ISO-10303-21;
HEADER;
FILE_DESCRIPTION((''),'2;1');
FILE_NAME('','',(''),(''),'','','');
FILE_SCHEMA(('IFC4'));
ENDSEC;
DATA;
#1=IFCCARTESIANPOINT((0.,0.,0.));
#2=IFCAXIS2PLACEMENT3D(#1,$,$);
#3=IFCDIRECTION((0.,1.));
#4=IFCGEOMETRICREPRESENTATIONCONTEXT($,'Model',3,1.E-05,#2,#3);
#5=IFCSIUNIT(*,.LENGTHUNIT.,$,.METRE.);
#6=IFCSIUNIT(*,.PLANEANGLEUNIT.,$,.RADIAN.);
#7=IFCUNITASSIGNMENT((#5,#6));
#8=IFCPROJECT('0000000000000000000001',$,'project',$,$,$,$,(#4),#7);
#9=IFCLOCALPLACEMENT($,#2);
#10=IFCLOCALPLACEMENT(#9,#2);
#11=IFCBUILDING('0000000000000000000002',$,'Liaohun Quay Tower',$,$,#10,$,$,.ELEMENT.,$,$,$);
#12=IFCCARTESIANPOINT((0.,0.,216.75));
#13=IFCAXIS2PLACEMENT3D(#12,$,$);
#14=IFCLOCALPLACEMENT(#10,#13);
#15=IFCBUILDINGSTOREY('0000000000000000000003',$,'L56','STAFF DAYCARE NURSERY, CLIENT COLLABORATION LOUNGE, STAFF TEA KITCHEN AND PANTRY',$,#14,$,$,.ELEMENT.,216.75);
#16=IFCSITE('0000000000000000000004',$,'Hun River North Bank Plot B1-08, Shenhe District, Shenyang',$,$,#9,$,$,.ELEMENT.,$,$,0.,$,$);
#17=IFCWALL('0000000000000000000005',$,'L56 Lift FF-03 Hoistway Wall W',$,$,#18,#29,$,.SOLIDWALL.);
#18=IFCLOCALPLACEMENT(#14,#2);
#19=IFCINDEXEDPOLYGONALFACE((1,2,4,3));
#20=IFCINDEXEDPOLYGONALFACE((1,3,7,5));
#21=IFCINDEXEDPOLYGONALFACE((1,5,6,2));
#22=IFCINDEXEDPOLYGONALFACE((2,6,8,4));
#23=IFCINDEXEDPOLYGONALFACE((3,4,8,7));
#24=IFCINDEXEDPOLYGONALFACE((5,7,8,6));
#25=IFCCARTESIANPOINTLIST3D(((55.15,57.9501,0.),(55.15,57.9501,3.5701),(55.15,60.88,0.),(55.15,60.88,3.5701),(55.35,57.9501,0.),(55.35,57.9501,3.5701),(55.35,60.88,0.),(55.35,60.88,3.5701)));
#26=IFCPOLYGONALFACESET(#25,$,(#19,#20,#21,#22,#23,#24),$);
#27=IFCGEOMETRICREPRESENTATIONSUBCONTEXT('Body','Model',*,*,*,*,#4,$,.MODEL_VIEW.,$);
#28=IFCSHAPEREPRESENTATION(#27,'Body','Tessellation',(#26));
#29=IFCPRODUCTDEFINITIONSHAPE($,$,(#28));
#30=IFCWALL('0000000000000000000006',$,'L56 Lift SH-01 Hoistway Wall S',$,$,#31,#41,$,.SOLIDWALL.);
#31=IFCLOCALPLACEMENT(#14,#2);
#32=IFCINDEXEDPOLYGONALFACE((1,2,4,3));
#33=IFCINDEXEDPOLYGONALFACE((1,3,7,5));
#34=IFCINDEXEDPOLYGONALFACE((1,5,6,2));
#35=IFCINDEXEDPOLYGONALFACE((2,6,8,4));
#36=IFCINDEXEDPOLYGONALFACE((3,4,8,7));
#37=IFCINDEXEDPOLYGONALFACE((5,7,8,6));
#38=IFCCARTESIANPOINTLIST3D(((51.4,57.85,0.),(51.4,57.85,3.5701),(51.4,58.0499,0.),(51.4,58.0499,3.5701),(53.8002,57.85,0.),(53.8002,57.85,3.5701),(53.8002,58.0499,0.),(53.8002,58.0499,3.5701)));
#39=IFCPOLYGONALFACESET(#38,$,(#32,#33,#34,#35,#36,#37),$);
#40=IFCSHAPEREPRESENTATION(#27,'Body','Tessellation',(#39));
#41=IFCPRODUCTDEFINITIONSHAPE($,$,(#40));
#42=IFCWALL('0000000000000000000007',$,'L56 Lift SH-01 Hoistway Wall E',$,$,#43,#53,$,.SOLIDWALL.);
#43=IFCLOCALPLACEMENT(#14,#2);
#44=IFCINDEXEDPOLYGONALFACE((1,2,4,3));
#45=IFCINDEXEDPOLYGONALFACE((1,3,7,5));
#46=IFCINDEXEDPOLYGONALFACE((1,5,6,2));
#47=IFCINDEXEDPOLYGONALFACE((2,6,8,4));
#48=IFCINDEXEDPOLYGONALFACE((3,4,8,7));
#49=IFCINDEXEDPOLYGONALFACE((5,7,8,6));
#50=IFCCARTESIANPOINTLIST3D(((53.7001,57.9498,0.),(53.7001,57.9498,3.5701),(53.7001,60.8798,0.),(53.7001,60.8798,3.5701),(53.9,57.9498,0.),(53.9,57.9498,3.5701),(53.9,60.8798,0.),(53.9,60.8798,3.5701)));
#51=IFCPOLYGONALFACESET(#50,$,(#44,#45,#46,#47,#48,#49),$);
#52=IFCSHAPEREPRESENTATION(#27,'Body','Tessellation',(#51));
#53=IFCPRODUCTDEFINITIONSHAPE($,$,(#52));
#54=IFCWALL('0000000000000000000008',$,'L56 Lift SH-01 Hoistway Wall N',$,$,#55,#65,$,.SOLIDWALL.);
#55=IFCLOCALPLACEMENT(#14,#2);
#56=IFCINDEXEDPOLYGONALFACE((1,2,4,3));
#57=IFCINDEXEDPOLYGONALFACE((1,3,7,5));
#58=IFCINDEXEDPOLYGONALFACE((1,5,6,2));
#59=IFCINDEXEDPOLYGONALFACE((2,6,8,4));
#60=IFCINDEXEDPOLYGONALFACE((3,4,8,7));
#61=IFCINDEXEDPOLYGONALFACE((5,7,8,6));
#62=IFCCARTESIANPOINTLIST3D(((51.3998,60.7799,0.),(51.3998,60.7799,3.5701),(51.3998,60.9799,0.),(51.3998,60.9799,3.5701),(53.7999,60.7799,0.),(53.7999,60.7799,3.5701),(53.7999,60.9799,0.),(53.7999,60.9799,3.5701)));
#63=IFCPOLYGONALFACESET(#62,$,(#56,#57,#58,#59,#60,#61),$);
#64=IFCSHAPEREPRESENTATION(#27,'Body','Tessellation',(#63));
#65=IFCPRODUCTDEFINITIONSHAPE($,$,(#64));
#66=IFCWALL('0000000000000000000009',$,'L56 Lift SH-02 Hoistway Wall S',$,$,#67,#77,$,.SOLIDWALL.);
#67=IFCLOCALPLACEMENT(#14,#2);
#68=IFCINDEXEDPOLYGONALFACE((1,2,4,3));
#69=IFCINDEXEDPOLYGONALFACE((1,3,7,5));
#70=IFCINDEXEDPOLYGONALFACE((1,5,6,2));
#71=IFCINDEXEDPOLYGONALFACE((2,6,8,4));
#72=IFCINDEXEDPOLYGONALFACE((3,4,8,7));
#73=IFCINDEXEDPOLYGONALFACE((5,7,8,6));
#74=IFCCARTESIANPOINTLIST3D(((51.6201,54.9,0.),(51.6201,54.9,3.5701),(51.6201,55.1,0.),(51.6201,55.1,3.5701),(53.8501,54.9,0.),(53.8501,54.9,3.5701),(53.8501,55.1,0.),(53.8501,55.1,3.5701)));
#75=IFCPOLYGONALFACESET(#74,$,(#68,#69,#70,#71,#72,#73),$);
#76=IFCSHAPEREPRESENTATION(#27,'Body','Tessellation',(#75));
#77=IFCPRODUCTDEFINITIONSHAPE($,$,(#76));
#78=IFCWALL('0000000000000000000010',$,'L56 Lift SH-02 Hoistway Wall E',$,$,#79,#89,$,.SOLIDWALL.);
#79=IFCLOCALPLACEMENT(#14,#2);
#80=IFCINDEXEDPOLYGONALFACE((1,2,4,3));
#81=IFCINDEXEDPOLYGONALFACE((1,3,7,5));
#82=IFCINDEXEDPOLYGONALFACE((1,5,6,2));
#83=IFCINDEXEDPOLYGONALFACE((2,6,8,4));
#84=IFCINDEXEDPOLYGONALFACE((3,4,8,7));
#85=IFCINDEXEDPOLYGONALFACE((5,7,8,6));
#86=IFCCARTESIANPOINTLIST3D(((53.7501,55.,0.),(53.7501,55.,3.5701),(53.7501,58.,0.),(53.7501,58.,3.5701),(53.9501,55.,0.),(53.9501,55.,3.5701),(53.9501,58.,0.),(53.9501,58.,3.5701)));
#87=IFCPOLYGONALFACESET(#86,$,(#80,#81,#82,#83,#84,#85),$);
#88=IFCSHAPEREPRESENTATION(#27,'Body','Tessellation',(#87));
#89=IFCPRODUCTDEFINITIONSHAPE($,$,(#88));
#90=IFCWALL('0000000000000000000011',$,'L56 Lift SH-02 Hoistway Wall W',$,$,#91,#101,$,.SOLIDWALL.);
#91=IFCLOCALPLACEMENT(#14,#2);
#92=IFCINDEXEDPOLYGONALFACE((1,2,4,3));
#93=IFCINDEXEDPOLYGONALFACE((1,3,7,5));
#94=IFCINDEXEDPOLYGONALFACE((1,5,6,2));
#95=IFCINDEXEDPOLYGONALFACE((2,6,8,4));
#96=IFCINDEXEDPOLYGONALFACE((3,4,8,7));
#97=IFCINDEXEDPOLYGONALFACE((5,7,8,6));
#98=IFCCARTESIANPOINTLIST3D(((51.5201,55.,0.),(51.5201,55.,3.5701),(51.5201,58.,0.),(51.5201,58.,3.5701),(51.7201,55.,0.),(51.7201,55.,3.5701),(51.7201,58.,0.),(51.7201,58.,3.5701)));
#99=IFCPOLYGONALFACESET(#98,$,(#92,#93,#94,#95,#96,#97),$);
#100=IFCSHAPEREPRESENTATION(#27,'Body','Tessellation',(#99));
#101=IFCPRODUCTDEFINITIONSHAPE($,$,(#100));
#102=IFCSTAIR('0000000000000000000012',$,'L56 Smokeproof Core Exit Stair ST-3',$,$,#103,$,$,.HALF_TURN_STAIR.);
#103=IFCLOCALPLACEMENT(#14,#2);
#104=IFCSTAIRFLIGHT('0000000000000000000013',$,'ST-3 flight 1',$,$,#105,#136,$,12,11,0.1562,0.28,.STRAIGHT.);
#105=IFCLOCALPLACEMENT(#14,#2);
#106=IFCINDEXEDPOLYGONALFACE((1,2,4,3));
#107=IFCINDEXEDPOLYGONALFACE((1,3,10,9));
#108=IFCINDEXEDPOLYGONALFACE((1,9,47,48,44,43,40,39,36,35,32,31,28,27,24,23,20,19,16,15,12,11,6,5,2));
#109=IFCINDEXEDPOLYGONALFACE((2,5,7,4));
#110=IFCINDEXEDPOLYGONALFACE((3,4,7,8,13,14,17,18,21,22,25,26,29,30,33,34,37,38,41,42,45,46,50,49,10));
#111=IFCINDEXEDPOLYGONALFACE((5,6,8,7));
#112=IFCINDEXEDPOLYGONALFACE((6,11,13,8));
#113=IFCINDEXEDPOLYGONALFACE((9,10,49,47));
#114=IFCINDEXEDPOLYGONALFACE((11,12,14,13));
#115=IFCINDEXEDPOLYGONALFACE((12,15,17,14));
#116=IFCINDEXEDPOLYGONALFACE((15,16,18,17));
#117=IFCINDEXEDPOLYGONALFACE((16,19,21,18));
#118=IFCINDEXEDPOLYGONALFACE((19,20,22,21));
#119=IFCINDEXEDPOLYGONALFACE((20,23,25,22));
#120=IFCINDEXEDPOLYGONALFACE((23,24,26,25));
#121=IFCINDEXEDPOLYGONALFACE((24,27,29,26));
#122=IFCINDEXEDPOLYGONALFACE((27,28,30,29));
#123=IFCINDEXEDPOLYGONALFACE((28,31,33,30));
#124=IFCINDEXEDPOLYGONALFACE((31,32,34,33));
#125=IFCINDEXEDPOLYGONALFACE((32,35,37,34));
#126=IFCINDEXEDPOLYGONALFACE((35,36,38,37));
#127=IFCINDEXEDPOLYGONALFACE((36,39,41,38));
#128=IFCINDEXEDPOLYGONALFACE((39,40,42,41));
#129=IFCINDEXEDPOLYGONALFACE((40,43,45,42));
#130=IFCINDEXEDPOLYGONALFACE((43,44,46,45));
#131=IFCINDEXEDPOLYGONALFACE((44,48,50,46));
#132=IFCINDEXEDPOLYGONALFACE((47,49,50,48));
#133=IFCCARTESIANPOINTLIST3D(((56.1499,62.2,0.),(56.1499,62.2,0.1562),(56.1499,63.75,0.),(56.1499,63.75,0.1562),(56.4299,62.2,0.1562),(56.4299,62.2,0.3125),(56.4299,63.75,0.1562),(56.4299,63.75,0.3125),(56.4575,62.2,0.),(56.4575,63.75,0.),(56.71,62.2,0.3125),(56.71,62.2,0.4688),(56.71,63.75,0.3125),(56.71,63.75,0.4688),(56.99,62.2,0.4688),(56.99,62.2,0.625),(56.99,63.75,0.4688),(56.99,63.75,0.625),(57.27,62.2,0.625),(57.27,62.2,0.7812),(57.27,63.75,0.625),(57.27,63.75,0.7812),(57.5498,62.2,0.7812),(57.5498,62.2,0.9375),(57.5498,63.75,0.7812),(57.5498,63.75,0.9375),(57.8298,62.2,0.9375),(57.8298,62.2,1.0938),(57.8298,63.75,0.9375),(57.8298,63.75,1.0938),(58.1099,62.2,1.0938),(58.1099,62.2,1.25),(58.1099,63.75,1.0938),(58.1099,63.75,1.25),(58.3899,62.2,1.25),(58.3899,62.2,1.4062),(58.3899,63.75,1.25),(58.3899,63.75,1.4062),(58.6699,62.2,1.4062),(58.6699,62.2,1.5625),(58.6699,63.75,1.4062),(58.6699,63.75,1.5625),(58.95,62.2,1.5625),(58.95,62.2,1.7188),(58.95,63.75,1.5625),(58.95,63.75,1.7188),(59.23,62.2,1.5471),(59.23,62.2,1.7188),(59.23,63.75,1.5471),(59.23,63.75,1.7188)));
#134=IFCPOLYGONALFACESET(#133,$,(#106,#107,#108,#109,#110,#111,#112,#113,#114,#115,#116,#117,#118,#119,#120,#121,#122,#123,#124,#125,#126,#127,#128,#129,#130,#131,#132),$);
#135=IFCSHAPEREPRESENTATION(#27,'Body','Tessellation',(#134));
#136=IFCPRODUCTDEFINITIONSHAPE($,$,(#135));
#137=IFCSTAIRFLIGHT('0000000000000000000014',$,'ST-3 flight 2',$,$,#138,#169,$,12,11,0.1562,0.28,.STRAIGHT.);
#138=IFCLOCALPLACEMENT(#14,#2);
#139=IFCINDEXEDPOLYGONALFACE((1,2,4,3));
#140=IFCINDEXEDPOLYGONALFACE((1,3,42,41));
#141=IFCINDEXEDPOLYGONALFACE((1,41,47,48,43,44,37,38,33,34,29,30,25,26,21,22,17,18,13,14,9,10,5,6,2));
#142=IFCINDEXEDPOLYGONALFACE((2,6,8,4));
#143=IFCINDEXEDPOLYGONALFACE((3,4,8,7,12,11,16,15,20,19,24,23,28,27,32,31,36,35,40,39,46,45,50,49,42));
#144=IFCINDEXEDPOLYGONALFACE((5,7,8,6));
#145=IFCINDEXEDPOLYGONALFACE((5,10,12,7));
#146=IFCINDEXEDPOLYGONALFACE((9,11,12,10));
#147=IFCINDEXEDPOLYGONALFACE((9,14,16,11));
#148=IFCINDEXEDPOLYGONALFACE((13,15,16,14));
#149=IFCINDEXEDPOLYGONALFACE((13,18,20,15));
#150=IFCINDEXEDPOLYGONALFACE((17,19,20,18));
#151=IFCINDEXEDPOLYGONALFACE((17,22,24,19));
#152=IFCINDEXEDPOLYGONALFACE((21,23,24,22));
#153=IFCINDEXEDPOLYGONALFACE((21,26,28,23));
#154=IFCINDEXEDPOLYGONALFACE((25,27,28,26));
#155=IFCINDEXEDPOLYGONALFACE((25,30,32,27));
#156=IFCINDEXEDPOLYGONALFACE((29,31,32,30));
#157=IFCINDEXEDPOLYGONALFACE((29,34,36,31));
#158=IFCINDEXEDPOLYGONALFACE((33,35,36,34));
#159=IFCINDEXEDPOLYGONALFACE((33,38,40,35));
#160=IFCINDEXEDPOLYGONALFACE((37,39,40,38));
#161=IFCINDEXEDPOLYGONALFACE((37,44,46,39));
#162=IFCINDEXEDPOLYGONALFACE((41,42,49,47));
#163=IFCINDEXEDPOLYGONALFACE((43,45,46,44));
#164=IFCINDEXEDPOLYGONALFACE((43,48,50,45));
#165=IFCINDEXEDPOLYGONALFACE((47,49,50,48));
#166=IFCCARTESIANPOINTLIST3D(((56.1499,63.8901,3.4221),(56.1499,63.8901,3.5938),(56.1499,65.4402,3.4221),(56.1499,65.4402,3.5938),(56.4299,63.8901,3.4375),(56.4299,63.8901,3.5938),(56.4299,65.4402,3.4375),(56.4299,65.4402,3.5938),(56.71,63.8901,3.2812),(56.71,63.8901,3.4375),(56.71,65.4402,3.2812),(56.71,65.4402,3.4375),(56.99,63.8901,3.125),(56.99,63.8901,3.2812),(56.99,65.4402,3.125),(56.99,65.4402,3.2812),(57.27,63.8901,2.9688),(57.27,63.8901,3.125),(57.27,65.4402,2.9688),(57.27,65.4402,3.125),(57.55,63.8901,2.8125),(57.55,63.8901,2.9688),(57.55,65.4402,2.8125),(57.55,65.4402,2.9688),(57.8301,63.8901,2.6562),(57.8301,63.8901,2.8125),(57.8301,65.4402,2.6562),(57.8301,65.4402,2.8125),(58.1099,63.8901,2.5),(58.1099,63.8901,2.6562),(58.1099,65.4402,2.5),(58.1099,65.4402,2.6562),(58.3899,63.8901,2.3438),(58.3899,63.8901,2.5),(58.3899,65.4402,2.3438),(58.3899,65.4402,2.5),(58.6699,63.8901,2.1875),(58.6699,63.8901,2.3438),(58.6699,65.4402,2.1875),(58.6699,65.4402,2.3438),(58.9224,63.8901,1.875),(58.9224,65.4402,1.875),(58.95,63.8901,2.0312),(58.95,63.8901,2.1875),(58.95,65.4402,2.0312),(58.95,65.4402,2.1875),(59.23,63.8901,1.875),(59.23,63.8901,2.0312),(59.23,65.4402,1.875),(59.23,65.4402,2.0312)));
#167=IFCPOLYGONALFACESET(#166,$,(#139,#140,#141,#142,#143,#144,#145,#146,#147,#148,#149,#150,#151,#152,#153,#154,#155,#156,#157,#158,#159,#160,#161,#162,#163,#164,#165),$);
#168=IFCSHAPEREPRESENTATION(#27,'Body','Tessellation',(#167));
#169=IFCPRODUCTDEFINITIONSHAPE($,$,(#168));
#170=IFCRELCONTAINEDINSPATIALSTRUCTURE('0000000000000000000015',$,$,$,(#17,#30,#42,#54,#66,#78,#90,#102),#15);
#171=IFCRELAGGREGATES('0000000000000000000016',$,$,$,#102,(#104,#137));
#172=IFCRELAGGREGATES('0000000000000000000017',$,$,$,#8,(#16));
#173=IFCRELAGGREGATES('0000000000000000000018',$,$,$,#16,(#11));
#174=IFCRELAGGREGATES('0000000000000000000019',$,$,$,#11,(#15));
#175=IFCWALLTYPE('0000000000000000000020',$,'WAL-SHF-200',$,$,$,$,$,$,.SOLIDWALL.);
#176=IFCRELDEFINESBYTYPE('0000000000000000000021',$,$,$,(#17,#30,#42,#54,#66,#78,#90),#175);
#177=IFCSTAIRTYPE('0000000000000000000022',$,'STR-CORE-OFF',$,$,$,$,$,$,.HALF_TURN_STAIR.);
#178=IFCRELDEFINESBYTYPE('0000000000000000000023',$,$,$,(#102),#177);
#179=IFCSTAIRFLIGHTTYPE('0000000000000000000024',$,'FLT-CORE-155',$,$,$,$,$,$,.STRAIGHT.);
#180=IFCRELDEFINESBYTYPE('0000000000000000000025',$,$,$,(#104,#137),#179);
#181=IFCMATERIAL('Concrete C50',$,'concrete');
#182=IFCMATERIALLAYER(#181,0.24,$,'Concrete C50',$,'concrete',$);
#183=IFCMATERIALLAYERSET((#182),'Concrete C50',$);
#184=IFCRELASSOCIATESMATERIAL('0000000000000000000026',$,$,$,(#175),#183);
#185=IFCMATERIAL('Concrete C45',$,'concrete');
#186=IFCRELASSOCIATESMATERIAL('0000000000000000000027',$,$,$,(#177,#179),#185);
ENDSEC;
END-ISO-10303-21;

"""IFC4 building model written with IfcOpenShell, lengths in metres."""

from ifc_helpers import new_model, si_unit, direction, frame, frame_2d, origin, place, context, subcontext, project, spatial, polyline, rectangle, outline, extrude, material, layer, layer_set, type_object, element, aggregate, save


model = new_model("IFC4")

# Units and contexts
model_context = context("Model", 3, precision=1e-05, world=origin(), true_north=direction((0.0, 1.0)))
body_context = subcontext(model_context, "Body", "Model", "MODEL_VIEW")
ifc_project = project(units=[si_unit("LENGTHUNIT", "METRE"), si_unit("PLANEANGLEUNIT", "RADIAN")], contexts=[model_context])

# Site, building, storey
site_placement = place(None, origin())
site = spatial("IfcSite", under=ifc_project, at=site_placement, Name="Hun River North Bank Plot B1-08, Shenhe District, Shenyang", CompositionType="ELEMENT", RefElevation=0.0)
building_placement = place(site_placement, origin())
building = spatial("IfcBuilding", under=site, at=building_placement, Name="Liaohun Quay Tower", CompositionType="ELEMENT")
storey_placement = place(building_placement, frame((0.0, 0.0, 216.75)))
storey = spatial("IfcBuildingStorey", under=building, at=storey_placement, Name="L56", Description="STAFF DAYCARE NURSERY, CLIENT COLLABORATION LOUNGE, STAFF TEA KITCHEN AND PANTRY", CompositionType="ELEMENT", Elevation=216.75)

# Shared definitions
ifc_material_1 = material(Name="Concrete C50", Category="concrete")
ifc_layer_1 = layer(ifc_material_1, 0.24, Name="Concrete C50", Category="concrete")
ifc_layer_set_1 = layer_set([ifc_layer_1], Name="Concrete C50")
wall_type_1 = type_object("IfcWallType", Name="WAL-SHF-200", PredefinedType="SOLIDWALL", material=ifc_layer_set_1)

# Walls
wall_1_placement = place(storey_placement, frame((55.25, 60.8799, 0.0), z_axis=(0.0, 0.0, 1.0), x_axis=(0.0, -1.0, 0.0)))
element("IfcWall", 1, at=wall_1_placement, inside=storey, type_object=wall_type_1, Name="L56 Lift FF-03 Hoistway Wall W", PredefinedType="SOLIDWALL", context=body_context, shape_type="SweptSolid", body=[
    extrude(rectangle(XDim=2.9299, YDim=0.2, at=frame_2d((1.4648, 0.0))), origin(), (0.0, 0.0, 1.0), 3.5701),
])
wall_2_placement = place(storey_placement, frame((51.3999, 57.95, 0.0), z_axis=(0.0, 0.0, 1.0), x_axis=(1.0, 0.0, 0.0)))
element("IfcWall", 2, at=wall_2_placement, inside=storey, type_object=wall_type_1, Name="L56 Lift SH-01 Hoistway Wall S", PredefinedType="SOLIDWALL", context=body_context, shape_type="SweptSolid", body=[
    extrude(rectangle(XDim=2.4001, YDim=0.2, at=frame_2d((1.2002, 0.0))), origin(), (0.0, 0.0, 1.0), 3.5701),
])
wall_3_placement = place(storey_placement, frame((53.8, 57.95, 0.0), z_axis=(0.0, 0.0, 1.0), x_axis=(0.0, 1.0, 0.0)))
element("IfcWall", 3, at=wall_3_placement, inside=storey, type_object=wall_type_1, Name="L56 Lift SH-01 Hoistway Wall E", PredefinedType="SOLIDWALL", context=body_context, shape_type="SweptSolid", body=[
    extrude(rectangle(XDim=2.9299, YDim=0.2, at=frame_2d((1.4648, 0.0))), origin(), (0.0, 0.0, 1.0), 3.5701),
])
wall_4_placement = place(storey_placement, frame((53.8, 60.8799, 0.0), z_axis=(0.0, 0.0, 1.0), x_axis=(-1.0, 0.0, 0.0)))
element("IfcWall", 4, at=wall_4_placement, inside=storey, type_object=wall_type_1, Name="L56 Lift SH-01 Hoistway Wall N", PredefinedType="SOLIDWALL", context=body_context, shape_type="SweptSolid", body=[
    extrude(rectangle(XDim=2.4001, YDim=0.2, at=frame_2d((1.2002, 0.0))), origin(), (0.0, 0.0, 1.0), 3.5701),
])
wall_5_placement = place(storey_placement, frame((51.6201, 55.0, 0.0), z_axis=(0.0, 0.0, 1.0), x_axis=(1.0, 0.0, 0.0)))
element("IfcWall", 5, at=wall_5_placement, inside=storey, type_object=wall_type_1, Name="L56 Lift SH-02 Hoistway Wall S", PredefinedType="SOLIDWALL", context=body_context, shape_type="SweptSolid", body=[
    extrude(rectangle(XDim=2.23, YDim=0.2, at=frame_2d((1.115, 0.0))), origin(), (0.0, 0.0, 1.0), 3.5701),
])
for number, where, z_axis, x_axis, name in (
    (6, (53.8501, 55.0, 0.0), (0.0, 0.0, 1.0), (0.0, 1.0, 0.0), "L56 Lift SH-02 Hoistway Wall E"),
    (7, (51.6201, 58.0, 0.0), (0.0, 0.0, 1.0), (0.0, -1.0, 0.0), "L56 Lift SH-02 Hoistway Wall W"),
):
    element("IfcWall", number, at=place(storey_placement, frame(where, z_axis=z_axis, x_axis=x_axis)), inside=storey, type_object=wall_type_1, Name=name, PredefinedType="SOLIDWALL", context=body_context, shape_type="SweptSolid", body=[
        extrude(rectangle(XDim=3.0, YDim=0.2, at=frame_2d((1.5, 0.0))), origin(), (0.0, 0.0, 1.0), 3.5701),
    ])

# Stair, stair flights
ifc_material_2 = material(Name="Concrete C45", Category="concrete")
stair_type = type_object("IfcStairType", Name="STR-CORE-OFF", PredefinedType="HALF_TURN_STAIR", material=ifc_material_2)
stair_placement = place(storey_placement, origin())
stair = element("IfcStair", 8, at=stair_placement, inside=storey, type_object=stair_type, Name="L56 Smokeproof Core Exit Stair ST-3", PredefinedType="HALF_TURN_STAIR")
stair_flight_type = type_object("IfcStairFlightType", Name="FLT-CORE-155", PredefinedType="STRAIGHT", material=ifc_material_2)
stair_flight_1_placement = place(storey_placement, frame((56.1499, 62.9751, 0.0), z_axis=(0.0, 0.0, 1.0), x_axis=(1.0, 0.0, 0.0)))
stair_flight_1 = element("IfcStairFlight", 9, at=stair_flight_1_placement, type_object=stair_flight_type, Name="ST-3 flight 1", NumberOfRisers=12, NumberOfTreads=11, PredefinedType="STRAIGHT", RiserHeight=0.1562, TreadLength=0.28, context=body_context, shape_type="SweptSolid", body=[
    extrude(outline(polyline([(0.0, 0.0), (0.0, 0.1562), (0.28, 0.1562), (0.28, 0.3125), (0.5601, 0.3125), (0.5601, 0.4688), (0.8401, 0.4688), (0.8401, 0.625), (1.1201, 0.625), (1.1201, 0.7812), (1.3999, 0.7812), (1.3999, 0.9375), (1.6799, 0.9375), (1.6799, 1.0938), (1.96, 1.0938), (1.96, 1.25), (2.24, 1.25), (2.24, 1.4062), (2.52, 1.4062), (2.52, 1.5625), (2.8, 1.5625), (2.8, 1.7188), (3.0801, 1.7188), (3.0801, 1.875), (3.0801, 1.5471), (0.3076, 0.0), (0.0, 0.0)])), frame((0.0, 0.7749, 0.0), z_axis=(0.0, -1.0, 0.0), x_axis=(1.0, 0.0, 0.0)), (0.0, 0.0, 1.0), 1.55),
])
stair_flight_2_placement = place(storey_placement, frame((59.23, 64.665, 1.875), z_axis=(0.0, 0.0, 1.0), x_axis=(-1.0, 0.0, 0.0)))
stair_flight_2 = element("IfcStairFlight", 10, at=stair_flight_2_placement, type_object=stair_flight_type, Name="ST-3 flight 2", NumberOfRisers=12, NumberOfTreads=11, PredefinedType="STRAIGHT", RiserHeight=0.1562, TreadLength=0.28, context=body_context, shape_type="SweptSolid", body=[
    extrude(outline(polyline([(0.0, 0.0), (0.0, 0.1562), (0.28, 0.1562), (0.28, 0.3125), (0.5601, 0.3125), (0.5601, 0.4688), (0.8401, 0.4688), (0.8401, 0.625), (1.1201, 0.625), (1.1201, 0.7812), (1.3999, 0.7812), (1.3999, 0.9375), (1.6799, 0.9375), (1.6799, 1.0938), (1.96, 1.0938), (1.96, 1.25), (2.24, 1.25), (2.24, 1.4062), (2.52, 1.4062), (2.52, 1.5625), (2.8, 1.5625), (2.8, 1.7188), (3.0801, 1.7188), (3.0801, 1.875), (3.0801, 1.5471), (0.3076, 0.0), (0.0, 0.0)])), frame((0.0, 0.7749, 0.0), z_axis=(0.0, -1.0, 0.0), x_axis=(1.0, 0.0, 0.0)), (0.0, 0.0, 1.0), 1.55),
])
aggregate(stair, [stair_flight_1, stair_flight_2])

save(model, "model.ifc")
